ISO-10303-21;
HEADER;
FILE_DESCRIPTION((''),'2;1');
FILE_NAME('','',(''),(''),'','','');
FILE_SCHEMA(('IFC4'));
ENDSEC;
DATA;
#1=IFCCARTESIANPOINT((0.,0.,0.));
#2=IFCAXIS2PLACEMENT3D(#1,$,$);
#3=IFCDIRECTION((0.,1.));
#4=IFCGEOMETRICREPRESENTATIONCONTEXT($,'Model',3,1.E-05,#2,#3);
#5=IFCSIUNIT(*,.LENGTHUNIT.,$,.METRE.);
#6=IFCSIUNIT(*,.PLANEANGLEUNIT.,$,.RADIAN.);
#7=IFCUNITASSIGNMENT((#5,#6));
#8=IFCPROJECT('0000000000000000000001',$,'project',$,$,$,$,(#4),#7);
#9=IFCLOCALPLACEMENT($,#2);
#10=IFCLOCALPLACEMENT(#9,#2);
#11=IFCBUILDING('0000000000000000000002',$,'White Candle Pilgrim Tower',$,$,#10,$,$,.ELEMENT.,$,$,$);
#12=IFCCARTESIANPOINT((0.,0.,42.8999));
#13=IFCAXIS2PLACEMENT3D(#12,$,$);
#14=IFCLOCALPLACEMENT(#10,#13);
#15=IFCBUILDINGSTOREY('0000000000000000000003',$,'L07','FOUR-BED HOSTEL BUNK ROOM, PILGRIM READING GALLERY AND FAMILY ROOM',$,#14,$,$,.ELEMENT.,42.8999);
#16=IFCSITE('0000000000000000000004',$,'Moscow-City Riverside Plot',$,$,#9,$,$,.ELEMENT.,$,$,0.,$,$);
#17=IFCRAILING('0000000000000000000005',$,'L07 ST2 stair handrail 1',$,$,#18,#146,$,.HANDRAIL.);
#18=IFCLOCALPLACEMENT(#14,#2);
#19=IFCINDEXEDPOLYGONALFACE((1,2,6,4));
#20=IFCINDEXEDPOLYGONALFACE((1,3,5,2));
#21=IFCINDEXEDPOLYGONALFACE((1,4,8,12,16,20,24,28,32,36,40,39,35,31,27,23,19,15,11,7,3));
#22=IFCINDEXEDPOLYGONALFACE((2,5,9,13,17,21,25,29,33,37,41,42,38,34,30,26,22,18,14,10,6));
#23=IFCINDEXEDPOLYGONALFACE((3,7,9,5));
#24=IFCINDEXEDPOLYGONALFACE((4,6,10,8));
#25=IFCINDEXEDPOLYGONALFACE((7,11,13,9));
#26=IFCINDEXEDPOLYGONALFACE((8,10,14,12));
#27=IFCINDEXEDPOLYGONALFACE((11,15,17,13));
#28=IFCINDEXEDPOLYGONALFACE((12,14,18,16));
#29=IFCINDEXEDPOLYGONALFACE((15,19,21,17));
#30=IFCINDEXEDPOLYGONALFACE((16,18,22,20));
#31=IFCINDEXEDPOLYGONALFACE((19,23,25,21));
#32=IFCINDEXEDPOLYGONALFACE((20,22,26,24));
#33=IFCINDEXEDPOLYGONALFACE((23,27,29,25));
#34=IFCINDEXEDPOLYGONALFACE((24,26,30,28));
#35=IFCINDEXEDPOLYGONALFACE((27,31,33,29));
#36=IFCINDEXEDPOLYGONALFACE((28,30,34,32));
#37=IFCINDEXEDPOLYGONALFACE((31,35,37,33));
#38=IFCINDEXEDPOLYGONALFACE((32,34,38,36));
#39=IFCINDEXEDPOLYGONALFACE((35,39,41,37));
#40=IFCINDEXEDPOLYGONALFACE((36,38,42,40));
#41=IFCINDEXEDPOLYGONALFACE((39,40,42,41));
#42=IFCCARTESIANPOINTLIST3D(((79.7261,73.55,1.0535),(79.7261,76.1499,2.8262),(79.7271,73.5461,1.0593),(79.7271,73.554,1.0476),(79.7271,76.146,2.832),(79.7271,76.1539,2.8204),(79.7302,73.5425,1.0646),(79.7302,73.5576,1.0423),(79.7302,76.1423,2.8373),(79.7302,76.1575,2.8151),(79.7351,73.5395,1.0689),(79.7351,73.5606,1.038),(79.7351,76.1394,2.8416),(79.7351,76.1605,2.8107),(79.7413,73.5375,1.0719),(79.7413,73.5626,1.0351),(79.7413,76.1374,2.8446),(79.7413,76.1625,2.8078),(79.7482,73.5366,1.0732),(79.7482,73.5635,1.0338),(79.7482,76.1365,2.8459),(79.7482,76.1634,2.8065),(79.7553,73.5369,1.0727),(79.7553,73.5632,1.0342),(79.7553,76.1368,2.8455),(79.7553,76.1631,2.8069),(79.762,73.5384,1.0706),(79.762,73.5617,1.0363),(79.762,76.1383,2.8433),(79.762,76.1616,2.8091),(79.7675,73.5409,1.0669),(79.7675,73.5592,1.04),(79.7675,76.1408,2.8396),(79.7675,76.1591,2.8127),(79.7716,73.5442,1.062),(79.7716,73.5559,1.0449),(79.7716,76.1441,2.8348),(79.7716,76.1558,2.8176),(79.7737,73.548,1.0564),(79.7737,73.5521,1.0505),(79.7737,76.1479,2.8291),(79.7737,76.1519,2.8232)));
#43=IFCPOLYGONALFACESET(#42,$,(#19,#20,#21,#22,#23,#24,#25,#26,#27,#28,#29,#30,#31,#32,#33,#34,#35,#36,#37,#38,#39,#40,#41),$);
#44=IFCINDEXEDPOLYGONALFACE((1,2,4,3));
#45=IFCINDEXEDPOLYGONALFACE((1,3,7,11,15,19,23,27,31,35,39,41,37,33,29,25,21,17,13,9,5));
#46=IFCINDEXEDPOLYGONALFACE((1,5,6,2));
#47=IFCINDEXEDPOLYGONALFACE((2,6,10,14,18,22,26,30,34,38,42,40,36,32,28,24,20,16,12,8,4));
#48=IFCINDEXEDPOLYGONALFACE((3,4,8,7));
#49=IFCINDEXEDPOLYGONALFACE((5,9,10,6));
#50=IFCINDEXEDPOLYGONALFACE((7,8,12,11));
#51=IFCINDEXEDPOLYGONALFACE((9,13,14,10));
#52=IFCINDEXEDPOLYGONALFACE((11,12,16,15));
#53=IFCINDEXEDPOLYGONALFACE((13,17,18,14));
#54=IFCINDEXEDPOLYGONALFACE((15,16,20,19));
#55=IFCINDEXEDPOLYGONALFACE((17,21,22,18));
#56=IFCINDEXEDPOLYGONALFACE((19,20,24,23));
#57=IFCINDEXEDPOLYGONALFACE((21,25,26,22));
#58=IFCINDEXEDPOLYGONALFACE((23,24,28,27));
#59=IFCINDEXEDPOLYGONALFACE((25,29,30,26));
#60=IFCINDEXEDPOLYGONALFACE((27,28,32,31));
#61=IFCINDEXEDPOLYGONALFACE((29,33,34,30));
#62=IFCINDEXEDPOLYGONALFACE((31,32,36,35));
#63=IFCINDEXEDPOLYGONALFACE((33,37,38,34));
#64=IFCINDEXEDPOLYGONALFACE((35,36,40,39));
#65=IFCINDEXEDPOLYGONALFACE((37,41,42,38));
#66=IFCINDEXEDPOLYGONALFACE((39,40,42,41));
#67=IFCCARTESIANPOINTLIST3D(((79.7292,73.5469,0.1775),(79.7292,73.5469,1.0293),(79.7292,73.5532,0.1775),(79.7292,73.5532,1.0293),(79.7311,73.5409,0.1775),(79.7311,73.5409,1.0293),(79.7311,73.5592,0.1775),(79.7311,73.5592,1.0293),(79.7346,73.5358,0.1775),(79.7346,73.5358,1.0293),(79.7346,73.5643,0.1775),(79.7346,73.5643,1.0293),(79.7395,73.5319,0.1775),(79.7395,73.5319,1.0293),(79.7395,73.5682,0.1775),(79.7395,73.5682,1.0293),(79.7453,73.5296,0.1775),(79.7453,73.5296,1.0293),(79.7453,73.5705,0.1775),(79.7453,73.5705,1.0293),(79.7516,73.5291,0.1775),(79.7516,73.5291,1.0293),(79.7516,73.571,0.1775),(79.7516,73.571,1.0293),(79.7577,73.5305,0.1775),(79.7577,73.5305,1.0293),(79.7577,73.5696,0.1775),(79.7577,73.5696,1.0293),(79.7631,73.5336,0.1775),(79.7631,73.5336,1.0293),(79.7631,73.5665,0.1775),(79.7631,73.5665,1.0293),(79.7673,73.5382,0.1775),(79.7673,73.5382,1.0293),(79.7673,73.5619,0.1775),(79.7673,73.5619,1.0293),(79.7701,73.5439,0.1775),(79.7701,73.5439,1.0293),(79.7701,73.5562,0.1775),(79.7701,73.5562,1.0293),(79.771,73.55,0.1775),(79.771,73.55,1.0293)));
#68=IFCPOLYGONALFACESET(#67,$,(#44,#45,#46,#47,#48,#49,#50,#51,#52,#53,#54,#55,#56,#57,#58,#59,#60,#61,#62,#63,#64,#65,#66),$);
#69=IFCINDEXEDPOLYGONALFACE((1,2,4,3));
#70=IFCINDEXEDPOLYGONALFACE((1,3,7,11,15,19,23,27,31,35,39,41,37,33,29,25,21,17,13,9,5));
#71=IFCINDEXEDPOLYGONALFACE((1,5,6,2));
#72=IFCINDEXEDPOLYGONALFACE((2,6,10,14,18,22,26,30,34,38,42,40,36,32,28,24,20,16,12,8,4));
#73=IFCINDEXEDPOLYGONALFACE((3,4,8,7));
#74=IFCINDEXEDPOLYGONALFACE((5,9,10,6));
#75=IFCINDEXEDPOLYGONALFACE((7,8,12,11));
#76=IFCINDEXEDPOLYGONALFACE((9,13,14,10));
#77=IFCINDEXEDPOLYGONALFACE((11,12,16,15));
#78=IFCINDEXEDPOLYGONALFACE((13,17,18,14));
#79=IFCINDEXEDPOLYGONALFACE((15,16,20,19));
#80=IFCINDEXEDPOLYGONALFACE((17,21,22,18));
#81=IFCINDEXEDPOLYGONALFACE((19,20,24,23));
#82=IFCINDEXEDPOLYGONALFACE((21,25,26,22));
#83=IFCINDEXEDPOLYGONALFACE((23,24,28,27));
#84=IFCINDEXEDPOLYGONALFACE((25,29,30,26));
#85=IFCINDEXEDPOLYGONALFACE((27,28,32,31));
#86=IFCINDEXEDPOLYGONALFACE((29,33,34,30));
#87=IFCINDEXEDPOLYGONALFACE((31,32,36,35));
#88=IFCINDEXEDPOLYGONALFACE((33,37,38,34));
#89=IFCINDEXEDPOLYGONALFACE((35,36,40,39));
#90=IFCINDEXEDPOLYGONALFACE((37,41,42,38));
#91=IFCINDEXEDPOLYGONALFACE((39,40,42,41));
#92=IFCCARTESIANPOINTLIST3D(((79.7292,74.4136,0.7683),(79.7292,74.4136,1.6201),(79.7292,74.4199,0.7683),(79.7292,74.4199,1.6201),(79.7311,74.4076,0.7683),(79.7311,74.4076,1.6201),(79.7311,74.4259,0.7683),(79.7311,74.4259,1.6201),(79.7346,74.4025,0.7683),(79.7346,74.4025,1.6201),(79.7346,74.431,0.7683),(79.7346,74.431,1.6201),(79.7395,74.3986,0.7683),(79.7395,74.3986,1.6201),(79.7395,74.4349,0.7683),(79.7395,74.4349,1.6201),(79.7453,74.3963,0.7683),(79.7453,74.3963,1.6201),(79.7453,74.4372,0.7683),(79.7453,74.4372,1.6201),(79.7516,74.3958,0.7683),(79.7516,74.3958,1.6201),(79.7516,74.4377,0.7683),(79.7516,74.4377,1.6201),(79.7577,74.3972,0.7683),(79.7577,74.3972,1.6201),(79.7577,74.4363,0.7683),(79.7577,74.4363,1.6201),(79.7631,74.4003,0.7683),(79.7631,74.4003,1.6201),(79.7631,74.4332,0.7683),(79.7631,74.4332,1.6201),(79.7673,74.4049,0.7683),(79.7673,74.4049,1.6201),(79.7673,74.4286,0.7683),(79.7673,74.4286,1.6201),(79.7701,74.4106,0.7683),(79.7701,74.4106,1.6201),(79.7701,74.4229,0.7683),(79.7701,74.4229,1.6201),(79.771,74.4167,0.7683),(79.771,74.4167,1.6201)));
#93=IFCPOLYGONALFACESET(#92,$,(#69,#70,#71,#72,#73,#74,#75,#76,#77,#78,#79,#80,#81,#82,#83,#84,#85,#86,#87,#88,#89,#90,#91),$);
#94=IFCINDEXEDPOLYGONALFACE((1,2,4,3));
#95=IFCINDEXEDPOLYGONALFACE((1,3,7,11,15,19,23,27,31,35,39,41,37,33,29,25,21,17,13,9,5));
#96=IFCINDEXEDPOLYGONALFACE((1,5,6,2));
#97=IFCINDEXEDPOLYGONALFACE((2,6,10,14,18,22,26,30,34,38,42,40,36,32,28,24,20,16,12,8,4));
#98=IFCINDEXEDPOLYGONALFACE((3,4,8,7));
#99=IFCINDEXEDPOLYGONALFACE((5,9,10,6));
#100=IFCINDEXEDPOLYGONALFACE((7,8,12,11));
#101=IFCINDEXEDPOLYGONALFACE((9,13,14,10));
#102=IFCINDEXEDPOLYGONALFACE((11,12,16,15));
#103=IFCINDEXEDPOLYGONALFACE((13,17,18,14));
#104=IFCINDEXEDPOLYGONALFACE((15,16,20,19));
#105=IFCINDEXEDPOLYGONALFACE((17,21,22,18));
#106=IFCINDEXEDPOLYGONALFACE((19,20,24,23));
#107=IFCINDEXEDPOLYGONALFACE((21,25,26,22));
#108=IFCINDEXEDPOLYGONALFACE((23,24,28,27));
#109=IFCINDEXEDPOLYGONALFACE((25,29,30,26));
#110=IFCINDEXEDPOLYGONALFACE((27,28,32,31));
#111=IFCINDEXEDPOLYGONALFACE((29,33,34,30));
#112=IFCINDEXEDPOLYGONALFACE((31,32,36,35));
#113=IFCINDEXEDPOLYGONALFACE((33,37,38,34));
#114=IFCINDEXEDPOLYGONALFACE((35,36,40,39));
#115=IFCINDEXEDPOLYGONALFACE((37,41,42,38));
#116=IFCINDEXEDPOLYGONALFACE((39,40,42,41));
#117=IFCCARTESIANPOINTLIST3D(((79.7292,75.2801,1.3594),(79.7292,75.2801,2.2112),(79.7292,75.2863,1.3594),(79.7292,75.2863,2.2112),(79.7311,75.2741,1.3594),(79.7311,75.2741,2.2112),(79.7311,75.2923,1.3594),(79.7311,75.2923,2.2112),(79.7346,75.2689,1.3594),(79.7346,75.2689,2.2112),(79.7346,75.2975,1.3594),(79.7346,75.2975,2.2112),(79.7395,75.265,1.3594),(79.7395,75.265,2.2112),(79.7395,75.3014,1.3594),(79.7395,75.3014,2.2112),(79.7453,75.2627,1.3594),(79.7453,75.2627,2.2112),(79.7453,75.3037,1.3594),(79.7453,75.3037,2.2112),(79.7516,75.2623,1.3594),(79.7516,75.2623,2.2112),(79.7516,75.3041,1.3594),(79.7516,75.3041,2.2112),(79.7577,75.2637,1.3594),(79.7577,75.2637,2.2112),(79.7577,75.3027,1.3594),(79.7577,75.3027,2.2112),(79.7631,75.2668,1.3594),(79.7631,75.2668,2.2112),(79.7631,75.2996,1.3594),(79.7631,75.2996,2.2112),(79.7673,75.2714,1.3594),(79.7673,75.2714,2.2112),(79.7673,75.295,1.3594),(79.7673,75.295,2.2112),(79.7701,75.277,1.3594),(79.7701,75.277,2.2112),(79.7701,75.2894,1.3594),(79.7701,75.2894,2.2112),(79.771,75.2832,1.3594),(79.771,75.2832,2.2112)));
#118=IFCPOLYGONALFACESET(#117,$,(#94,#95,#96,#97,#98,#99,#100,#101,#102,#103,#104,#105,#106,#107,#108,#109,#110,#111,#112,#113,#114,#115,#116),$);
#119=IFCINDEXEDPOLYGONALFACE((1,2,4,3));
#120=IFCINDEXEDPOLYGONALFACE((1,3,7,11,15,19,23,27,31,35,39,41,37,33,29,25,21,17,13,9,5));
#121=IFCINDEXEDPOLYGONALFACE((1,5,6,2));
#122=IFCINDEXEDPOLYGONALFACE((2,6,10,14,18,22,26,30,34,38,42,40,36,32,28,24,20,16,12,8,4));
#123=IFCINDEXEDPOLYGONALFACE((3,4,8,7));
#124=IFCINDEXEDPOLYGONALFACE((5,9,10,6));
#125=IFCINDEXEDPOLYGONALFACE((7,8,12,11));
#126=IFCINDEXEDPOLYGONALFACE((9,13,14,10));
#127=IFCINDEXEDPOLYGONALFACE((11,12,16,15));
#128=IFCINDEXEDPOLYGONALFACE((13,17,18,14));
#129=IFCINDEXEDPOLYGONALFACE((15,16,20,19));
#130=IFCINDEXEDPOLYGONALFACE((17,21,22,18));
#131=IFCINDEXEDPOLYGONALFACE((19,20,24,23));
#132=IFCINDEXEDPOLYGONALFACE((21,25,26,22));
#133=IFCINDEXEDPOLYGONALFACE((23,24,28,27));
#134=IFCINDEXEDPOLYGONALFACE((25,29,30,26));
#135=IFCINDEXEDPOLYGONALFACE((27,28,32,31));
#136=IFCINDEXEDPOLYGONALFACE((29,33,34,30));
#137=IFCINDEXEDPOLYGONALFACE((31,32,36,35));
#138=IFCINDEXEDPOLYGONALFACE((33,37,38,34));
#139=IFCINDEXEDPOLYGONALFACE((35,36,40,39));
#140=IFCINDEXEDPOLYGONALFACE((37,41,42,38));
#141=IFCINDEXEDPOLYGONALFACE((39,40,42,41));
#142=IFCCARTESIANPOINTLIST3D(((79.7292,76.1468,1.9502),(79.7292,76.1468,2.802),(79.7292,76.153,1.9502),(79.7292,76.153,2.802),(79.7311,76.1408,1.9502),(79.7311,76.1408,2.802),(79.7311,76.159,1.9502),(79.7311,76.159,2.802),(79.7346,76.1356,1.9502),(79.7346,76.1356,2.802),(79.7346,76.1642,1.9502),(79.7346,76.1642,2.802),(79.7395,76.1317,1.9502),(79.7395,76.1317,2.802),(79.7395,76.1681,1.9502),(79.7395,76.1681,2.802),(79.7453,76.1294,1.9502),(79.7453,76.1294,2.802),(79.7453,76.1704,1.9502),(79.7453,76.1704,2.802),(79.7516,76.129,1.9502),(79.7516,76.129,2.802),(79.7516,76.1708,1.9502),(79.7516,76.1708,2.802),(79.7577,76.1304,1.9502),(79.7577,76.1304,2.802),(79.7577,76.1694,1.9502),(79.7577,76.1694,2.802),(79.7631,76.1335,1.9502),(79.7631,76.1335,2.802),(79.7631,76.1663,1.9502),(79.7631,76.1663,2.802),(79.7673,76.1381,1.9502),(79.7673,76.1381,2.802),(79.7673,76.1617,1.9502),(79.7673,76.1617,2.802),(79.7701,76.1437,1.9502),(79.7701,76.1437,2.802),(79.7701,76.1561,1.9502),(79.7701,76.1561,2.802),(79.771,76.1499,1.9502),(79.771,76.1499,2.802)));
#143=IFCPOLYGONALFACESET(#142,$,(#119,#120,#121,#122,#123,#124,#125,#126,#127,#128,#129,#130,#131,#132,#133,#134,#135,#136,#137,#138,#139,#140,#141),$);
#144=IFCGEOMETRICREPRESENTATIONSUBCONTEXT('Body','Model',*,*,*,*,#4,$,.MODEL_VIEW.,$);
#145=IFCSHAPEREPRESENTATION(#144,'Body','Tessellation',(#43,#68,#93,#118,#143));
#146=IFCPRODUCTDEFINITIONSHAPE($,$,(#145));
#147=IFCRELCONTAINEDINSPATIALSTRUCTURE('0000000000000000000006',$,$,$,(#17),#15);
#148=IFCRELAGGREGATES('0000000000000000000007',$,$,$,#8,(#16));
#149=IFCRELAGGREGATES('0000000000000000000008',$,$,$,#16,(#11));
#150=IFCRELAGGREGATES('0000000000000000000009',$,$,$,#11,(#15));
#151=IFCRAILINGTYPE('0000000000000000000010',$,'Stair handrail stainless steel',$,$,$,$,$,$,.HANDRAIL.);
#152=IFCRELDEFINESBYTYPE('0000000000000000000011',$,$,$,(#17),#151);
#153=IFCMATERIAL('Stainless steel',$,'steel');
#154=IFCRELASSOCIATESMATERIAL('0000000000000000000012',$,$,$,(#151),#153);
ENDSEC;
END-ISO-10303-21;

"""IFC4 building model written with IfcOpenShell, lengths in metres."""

from ifc_helpers import new_model, si_unit, direction, frame, origin, origin_2d, place, context, subcontext, project, spatial, circle, extrude, material, type_object, element, save


model = new_model("IFC4")

# Units and contexts
model_context = context("Model", 3, precision=1e-05, world=origin(), true_north=direction((0.0, 1.0)))
body_context = subcontext(model_context, "Body", "Model", "MODEL_VIEW")
ifc_project = project(units=[si_unit("LENGTHUNIT", "METRE"), si_unit("PLANEANGLEUNIT", "RADIAN")], contexts=[model_context])

# Site, building, storey
site_placement = place(None, origin())
site = spatial("IfcSite", under=ifc_project, at=site_placement, Name="Moscow-City Riverside Plot", CompositionType="ELEMENT", RefElevation=0.0)
building_placement = place(site_placement, origin())
building = spatial("IfcBuilding", under=site, at=building_placement, Name="White Candle Pilgrim Tower", CompositionType="ELEMENT")
storey_placement = place(building_placement, frame((0.0, 0.0, 42.8999)))
storey = spatial("IfcBuildingStorey", under=building, at=storey_placement, Name="L07", Description="FOUR-BED HOSTEL BUNK ROOM, PILGRIM READING GALLERY AND FAMILY ROOM", CompositionType="ELEMENT", Elevation=42.8999)

# Railing
ifc_material_1 = material(Name="Stainless steel", Category="steel")
railing_type_1 = type_object("IfcRailingType", Name="Stair handrail stainless steel", PredefinedType="HANDRAIL", material=ifc_material_1)
railing_1_placement = place(storey_placement, frame((79.75, 73.55, 0.1775)))
element("IfcRailing", 1, at=railing_1_placement, inside=storey, type_object=railing_type_1, Name="L07 ST2 stair handrail 1", PredefinedType="HANDRAIL", context=body_context, shape_type="SweptSolid", body=[
    extrude(circle(Radius=0.0239, at=origin_2d()), frame((0.0, 0.0, 0.876), z_axis=(0.0, 0.826216, 0.563354), x_axis=(-1.0, 0.0, 0.0)), (0.0, 0.0, 1.0), 3.1467),
    extrude(circle(Radius=0.021, at=origin_2d()), origin(), (0.0, 0.0, 1.0), 0.8518),
    extrude(circle(Radius=0.021, at=origin_2d()), frame((0.0, 0.8667, 0.5908)), (0.0, 0.0, 1.0), 0.8518),
    extrude(circle(Radius=0.021, at=origin_2d()), frame((0.0, 1.7332, 1.1819)), (0.0, 0.0, 1.0), 0.8518),
    extrude(circle(Radius=0.021, at=origin_2d()), frame((0.0, 2.5999, 1.7727)), (0.0, 0.0, 1.0), 0.8518),
])

save(model, "model.ifc")
